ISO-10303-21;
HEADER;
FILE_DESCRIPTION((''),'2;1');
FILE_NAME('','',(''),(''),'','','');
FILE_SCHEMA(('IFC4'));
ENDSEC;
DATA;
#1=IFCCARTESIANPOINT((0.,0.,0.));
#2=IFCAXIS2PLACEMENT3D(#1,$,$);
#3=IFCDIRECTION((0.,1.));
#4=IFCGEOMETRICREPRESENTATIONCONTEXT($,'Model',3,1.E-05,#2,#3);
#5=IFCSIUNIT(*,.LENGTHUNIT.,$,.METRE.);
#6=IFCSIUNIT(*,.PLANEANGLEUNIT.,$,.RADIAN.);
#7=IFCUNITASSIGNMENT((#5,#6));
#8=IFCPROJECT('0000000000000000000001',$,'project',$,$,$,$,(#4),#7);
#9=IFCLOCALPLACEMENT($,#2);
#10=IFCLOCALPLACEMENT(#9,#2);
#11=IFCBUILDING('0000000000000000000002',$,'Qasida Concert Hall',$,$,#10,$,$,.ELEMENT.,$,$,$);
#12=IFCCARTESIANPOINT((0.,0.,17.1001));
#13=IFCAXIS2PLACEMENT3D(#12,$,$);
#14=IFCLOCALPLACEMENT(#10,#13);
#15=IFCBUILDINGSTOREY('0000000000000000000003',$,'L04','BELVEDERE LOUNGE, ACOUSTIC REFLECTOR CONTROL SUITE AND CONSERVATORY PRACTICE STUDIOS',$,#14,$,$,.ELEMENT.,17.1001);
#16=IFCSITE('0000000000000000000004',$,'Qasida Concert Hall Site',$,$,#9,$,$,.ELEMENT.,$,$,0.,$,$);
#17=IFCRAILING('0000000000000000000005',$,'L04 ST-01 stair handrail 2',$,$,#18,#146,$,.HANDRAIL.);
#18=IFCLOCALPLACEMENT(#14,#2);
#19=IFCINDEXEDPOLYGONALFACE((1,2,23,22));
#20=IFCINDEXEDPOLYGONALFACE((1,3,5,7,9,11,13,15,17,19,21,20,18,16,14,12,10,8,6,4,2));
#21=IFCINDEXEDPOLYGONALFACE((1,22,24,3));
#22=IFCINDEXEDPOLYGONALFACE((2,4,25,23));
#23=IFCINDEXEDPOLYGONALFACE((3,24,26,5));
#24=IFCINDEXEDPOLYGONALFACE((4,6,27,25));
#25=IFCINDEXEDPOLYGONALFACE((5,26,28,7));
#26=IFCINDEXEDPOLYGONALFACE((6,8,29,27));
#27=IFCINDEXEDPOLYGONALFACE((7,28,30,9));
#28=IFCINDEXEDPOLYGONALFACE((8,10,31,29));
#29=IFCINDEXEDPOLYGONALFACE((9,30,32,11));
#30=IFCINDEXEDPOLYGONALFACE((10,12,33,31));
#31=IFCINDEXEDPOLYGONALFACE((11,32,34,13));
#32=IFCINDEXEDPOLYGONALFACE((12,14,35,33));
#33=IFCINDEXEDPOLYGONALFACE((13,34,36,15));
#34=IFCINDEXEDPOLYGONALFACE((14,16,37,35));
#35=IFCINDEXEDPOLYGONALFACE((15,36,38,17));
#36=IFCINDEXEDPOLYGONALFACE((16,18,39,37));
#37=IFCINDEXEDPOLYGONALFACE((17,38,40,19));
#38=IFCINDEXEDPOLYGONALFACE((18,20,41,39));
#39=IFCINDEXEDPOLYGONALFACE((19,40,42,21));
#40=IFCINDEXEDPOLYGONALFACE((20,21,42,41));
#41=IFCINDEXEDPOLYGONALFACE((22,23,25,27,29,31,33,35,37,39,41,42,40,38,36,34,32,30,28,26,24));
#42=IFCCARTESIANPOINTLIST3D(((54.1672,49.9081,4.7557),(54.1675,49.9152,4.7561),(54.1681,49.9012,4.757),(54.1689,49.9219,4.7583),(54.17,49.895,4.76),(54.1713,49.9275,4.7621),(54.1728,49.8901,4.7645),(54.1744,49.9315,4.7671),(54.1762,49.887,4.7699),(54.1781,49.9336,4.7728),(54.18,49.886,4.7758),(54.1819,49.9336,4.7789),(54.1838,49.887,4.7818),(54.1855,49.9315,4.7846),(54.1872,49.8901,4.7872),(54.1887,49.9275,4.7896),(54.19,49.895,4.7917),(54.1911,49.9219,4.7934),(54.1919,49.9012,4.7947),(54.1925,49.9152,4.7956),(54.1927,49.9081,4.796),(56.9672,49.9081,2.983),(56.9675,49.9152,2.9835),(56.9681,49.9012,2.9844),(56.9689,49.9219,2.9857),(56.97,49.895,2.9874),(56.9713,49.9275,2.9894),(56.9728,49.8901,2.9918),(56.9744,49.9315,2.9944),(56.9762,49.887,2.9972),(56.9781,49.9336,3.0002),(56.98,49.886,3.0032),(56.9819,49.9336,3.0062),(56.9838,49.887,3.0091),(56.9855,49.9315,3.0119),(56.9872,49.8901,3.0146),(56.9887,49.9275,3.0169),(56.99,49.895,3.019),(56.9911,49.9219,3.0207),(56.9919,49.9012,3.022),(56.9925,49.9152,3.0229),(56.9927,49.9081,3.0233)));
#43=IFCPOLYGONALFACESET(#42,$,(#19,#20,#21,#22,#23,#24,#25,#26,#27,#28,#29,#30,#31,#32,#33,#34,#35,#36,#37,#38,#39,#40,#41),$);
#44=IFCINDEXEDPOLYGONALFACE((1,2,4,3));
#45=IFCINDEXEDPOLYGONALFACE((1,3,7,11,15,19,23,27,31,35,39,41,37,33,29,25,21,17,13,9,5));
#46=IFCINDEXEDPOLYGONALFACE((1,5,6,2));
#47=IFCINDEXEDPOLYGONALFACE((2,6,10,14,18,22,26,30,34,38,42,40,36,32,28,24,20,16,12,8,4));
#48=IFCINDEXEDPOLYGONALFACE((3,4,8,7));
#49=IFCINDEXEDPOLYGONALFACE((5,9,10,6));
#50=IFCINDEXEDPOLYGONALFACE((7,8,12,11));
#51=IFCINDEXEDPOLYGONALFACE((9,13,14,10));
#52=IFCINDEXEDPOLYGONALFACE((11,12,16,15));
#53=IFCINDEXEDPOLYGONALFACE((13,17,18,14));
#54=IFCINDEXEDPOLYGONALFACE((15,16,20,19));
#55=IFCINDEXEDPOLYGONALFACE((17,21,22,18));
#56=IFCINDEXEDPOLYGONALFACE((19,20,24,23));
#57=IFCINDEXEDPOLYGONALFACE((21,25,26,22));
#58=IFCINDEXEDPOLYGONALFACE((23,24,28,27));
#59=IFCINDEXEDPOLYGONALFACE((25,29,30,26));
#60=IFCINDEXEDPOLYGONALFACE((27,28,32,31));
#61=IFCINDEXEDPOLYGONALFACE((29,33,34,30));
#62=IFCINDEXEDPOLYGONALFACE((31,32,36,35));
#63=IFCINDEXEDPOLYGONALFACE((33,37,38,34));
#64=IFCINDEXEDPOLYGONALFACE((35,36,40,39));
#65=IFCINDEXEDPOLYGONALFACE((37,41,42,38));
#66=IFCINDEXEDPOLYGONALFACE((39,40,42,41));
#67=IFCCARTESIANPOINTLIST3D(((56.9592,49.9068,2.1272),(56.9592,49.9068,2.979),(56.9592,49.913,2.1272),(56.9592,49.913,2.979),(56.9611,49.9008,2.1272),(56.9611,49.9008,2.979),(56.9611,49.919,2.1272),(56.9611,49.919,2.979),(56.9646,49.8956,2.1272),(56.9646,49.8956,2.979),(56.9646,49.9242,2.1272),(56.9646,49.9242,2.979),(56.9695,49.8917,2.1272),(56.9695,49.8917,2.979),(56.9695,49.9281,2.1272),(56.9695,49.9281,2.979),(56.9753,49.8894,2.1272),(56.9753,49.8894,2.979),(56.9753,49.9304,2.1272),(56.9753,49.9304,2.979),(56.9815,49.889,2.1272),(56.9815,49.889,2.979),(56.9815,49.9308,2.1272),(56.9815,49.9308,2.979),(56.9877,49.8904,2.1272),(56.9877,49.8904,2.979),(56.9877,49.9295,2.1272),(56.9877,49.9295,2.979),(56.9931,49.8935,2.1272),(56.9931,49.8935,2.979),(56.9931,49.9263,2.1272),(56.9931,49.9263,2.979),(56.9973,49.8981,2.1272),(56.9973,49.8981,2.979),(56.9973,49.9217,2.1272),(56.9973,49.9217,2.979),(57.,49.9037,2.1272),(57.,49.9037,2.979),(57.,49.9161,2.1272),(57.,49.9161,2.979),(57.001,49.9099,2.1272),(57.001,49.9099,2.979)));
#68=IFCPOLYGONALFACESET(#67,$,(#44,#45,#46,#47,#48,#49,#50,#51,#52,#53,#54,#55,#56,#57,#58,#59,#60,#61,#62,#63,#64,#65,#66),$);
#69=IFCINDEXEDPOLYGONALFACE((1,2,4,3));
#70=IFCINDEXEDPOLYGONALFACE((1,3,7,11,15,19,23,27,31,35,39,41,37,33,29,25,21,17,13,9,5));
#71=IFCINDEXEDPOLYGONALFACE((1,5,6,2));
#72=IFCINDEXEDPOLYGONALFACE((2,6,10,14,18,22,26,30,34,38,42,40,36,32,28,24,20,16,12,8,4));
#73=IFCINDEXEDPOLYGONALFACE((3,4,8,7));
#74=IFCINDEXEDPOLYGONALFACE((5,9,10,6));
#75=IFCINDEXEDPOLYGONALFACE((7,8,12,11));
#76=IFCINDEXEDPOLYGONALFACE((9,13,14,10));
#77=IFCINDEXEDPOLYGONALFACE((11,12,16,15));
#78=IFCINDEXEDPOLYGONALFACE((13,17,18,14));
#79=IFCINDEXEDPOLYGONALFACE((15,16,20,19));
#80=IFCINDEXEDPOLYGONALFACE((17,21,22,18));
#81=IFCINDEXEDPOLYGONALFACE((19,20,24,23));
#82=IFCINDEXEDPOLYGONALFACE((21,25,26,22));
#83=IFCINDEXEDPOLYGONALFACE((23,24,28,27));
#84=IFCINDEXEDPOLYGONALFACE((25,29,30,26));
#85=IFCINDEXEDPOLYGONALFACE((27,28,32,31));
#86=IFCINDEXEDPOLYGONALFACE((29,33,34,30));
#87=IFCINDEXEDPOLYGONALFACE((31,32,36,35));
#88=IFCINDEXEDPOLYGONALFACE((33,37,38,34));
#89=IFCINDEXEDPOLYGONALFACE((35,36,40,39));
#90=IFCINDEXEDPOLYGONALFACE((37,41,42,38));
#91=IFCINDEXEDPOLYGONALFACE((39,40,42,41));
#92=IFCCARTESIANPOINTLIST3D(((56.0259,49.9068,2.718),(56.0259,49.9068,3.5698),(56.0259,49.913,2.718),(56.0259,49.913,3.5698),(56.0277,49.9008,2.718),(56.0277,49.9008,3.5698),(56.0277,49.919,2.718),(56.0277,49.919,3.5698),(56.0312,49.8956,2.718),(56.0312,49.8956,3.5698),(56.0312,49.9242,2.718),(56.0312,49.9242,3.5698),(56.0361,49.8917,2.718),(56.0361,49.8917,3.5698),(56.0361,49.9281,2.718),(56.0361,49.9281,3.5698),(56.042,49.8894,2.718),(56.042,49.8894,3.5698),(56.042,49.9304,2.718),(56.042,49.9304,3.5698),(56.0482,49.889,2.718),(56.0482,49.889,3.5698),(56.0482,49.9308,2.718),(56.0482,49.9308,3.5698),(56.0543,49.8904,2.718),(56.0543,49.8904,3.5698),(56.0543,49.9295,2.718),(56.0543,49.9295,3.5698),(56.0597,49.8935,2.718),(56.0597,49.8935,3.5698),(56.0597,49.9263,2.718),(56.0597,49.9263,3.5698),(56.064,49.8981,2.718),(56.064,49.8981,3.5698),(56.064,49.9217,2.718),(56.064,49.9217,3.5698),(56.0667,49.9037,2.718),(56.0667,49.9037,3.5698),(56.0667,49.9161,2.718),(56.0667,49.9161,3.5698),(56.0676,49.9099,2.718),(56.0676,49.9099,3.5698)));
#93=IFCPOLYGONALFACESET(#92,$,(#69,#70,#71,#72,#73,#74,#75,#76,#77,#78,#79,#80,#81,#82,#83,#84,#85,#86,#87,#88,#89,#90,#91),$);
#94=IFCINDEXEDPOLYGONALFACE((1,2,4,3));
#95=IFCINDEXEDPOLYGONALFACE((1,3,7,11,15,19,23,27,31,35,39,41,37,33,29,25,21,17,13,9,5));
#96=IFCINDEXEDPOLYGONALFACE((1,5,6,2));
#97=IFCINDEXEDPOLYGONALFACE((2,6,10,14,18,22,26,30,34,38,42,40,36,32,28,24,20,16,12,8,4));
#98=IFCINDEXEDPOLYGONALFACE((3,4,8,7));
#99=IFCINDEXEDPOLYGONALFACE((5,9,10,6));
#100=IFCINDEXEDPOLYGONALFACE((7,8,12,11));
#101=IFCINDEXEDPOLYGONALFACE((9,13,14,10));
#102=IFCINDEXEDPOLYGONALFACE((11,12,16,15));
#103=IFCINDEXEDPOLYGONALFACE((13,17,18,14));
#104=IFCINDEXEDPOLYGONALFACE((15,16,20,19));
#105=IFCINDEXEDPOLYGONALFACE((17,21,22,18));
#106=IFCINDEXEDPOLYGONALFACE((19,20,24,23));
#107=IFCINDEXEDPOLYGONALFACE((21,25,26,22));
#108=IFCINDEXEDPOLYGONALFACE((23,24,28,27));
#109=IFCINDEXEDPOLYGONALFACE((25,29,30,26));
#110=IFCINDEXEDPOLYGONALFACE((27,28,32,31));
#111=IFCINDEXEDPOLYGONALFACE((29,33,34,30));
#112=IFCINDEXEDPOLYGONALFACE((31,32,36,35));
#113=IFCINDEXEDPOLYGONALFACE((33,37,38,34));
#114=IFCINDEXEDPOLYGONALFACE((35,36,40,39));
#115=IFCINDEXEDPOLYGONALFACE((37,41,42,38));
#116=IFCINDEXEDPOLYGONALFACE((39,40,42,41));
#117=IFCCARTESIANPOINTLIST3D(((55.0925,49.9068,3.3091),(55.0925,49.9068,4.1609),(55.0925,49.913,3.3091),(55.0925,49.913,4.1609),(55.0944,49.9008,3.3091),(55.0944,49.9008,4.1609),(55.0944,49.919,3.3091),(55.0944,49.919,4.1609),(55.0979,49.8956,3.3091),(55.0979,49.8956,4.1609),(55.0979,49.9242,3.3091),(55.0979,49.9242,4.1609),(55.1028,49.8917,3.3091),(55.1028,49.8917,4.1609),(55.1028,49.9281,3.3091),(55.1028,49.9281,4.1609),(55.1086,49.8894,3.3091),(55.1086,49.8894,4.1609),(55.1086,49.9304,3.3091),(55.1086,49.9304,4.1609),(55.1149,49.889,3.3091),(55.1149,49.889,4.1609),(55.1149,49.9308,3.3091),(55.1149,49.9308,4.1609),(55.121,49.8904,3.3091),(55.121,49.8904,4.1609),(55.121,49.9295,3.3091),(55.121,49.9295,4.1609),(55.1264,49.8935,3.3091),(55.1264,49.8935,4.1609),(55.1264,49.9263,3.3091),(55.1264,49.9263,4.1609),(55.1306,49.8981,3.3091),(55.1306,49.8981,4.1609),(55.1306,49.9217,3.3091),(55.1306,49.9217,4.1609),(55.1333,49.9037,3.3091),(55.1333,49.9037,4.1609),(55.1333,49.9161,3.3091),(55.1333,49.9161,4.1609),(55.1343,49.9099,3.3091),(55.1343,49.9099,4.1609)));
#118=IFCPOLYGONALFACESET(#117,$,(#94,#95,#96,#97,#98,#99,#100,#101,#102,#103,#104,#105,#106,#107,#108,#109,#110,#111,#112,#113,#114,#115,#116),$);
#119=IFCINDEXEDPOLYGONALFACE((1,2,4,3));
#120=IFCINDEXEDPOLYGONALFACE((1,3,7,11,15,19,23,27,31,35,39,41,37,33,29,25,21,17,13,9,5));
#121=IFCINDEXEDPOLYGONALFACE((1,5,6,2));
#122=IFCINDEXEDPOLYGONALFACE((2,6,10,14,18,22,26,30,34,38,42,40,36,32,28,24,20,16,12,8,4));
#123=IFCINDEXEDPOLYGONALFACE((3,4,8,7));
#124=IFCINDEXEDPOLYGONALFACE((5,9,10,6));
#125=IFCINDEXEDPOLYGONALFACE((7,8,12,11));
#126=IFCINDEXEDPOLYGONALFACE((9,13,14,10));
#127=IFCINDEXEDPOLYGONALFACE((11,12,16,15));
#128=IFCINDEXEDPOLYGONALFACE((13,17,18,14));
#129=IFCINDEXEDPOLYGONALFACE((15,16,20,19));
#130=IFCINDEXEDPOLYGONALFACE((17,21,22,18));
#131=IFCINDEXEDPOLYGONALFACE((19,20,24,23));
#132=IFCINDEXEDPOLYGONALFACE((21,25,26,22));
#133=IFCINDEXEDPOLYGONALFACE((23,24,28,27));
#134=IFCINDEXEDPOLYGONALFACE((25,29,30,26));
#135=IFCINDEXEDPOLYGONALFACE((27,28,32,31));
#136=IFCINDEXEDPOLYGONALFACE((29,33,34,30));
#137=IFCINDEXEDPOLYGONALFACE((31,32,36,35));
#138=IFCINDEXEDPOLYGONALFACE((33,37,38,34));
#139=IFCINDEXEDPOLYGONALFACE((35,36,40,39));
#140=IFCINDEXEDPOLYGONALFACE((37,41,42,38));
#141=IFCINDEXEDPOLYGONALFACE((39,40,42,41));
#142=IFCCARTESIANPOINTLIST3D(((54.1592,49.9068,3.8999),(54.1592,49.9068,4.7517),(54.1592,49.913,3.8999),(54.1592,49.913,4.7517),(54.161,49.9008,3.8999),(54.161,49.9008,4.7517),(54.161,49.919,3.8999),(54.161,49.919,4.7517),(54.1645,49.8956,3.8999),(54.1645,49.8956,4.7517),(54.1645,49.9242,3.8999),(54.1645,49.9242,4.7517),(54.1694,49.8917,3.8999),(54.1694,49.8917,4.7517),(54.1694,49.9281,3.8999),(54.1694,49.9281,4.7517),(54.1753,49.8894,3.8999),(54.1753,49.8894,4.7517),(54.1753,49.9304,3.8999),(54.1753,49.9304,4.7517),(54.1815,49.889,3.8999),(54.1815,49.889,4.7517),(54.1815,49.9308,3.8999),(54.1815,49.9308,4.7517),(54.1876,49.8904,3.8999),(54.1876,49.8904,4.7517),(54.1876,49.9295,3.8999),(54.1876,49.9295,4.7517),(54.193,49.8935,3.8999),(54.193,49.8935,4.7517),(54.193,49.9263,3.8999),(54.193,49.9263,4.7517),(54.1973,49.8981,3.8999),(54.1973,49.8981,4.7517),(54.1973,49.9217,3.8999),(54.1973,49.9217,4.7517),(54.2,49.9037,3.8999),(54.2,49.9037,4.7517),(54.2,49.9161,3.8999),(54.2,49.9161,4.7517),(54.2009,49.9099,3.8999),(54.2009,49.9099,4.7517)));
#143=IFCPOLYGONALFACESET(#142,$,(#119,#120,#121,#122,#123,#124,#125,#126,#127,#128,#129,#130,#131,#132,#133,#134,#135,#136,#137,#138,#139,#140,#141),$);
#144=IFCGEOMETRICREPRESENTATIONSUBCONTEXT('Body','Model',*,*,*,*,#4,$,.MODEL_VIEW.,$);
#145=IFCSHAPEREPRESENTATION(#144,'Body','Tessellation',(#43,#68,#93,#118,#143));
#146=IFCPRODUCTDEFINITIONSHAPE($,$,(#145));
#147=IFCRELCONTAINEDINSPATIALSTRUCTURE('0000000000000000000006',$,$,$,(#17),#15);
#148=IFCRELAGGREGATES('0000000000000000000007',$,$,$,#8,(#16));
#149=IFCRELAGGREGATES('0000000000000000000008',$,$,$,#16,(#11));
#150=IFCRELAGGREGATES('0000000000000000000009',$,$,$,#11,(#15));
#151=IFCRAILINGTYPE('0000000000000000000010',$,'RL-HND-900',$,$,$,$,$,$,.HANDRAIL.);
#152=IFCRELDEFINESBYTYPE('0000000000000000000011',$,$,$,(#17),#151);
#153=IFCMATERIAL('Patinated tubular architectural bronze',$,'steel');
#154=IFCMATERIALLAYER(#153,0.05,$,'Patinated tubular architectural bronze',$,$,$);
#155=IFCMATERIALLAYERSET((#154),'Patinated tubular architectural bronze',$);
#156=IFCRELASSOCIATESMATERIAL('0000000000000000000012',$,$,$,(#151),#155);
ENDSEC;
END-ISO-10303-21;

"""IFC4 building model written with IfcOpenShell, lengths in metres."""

from ifc_helpers import new_model, si_unit, direction, frame, origin, origin_2d, place, context, subcontext, project, spatial, circle, extrude, material, layer, layer_set, type_object, element, save


model = new_model("IFC4")

# Units and contexts
model_context = context("Model", 3, precision=1e-05, world=origin(), true_north=direction((0.0, 1.0)))
body_context = subcontext(model_context, "Body", "Model", "MODEL_VIEW")
ifc_project = project(units=[si_unit("LENGTHUNIT", "METRE"), si_unit("PLANEANGLEUNIT", "RADIAN")], contexts=[model_context])

# Site, building, storey
site_placement = place(None, origin())
site = spatial("IfcSite", under=ifc_project, at=site_placement, Name="Qasida Concert Hall Site", CompositionType="ELEMENT", RefElevation=0.0)
building_placement = place(site_placement, origin())
building = spatial("IfcBuilding", under=site, at=building_placement, Name="Qasida Concert Hall", CompositionType="ELEMENT")
storey_placement = place(building_placement, frame((0.0, 0.0, 17.1001)))
storey = spatial("IfcBuildingStorey", under=building, at=storey_placement, Name="L04", Description="BELVEDERE LOUNGE, ACOUSTIC REFLECTOR CONTROL SUITE AND CONSERVATORY PRACTICE STUDIOS", CompositionType="ELEMENT", Elevation=17.1001)

# Railing
ifc_material_1 = material(Name="Patinated tubular architectural bronze", Category="steel")
ifc_layer_1 = layer(ifc_material_1, 0.05, Name="Patinated tubular architectural bronze")
ifc_layer_set_1 = layer_set([ifc_layer_1], Name="Patinated tubular architectural bronze")
railing_type_1 = type_object("IfcRailingType", Name="RL-HND-900", PredefinedType="HANDRAIL", material=ifc_layer_set_1)
railing_1_placement = place(storey_placement, frame((56.98, 49.9099, 2.1272)))
element("IfcRailing", 1, at=railing_1_placement, inside=storey, type_object=railing_type_1, Name="L04 ST-01 stair handrail 2", PredefinedType="HANDRAIL", context=body_context, shape_type="SweptSolid", body=[
    extrude(circle(Radius=0.0239, at=origin_2d()), frame((0.0, 0.0, 0.876), z_axis=(-0.844909, 0.0, 0.53491), x_axis=(0.0, -1.0, 0.0)), (0.0, 0.0, 1.0), 3.314),
    extrude(circle(Radius=0.021, at=origin_2d()), origin(), (0.0, 0.0, 1.0), 0.8518),
    extrude(circle(Radius=0.021, at=origin_2d()), frame((-0.9333, 0.0, 0.5908)), (0.0, 0.0, 1.0), 0.8518),
    extrude(circle(Radius=0.021, at=origin_2d()), frame((-1.8667, 0.0, 1.1819)), (0.0, 0.0, 1.0), 0.8518),
    extrude(circle(Radius=0.021, at=origin_2d()), frame((-2.8, 0.0, 1.7727)), (0.0, 0.0, 1.0), 0.8518),
])

save(model, "model.ifc")
